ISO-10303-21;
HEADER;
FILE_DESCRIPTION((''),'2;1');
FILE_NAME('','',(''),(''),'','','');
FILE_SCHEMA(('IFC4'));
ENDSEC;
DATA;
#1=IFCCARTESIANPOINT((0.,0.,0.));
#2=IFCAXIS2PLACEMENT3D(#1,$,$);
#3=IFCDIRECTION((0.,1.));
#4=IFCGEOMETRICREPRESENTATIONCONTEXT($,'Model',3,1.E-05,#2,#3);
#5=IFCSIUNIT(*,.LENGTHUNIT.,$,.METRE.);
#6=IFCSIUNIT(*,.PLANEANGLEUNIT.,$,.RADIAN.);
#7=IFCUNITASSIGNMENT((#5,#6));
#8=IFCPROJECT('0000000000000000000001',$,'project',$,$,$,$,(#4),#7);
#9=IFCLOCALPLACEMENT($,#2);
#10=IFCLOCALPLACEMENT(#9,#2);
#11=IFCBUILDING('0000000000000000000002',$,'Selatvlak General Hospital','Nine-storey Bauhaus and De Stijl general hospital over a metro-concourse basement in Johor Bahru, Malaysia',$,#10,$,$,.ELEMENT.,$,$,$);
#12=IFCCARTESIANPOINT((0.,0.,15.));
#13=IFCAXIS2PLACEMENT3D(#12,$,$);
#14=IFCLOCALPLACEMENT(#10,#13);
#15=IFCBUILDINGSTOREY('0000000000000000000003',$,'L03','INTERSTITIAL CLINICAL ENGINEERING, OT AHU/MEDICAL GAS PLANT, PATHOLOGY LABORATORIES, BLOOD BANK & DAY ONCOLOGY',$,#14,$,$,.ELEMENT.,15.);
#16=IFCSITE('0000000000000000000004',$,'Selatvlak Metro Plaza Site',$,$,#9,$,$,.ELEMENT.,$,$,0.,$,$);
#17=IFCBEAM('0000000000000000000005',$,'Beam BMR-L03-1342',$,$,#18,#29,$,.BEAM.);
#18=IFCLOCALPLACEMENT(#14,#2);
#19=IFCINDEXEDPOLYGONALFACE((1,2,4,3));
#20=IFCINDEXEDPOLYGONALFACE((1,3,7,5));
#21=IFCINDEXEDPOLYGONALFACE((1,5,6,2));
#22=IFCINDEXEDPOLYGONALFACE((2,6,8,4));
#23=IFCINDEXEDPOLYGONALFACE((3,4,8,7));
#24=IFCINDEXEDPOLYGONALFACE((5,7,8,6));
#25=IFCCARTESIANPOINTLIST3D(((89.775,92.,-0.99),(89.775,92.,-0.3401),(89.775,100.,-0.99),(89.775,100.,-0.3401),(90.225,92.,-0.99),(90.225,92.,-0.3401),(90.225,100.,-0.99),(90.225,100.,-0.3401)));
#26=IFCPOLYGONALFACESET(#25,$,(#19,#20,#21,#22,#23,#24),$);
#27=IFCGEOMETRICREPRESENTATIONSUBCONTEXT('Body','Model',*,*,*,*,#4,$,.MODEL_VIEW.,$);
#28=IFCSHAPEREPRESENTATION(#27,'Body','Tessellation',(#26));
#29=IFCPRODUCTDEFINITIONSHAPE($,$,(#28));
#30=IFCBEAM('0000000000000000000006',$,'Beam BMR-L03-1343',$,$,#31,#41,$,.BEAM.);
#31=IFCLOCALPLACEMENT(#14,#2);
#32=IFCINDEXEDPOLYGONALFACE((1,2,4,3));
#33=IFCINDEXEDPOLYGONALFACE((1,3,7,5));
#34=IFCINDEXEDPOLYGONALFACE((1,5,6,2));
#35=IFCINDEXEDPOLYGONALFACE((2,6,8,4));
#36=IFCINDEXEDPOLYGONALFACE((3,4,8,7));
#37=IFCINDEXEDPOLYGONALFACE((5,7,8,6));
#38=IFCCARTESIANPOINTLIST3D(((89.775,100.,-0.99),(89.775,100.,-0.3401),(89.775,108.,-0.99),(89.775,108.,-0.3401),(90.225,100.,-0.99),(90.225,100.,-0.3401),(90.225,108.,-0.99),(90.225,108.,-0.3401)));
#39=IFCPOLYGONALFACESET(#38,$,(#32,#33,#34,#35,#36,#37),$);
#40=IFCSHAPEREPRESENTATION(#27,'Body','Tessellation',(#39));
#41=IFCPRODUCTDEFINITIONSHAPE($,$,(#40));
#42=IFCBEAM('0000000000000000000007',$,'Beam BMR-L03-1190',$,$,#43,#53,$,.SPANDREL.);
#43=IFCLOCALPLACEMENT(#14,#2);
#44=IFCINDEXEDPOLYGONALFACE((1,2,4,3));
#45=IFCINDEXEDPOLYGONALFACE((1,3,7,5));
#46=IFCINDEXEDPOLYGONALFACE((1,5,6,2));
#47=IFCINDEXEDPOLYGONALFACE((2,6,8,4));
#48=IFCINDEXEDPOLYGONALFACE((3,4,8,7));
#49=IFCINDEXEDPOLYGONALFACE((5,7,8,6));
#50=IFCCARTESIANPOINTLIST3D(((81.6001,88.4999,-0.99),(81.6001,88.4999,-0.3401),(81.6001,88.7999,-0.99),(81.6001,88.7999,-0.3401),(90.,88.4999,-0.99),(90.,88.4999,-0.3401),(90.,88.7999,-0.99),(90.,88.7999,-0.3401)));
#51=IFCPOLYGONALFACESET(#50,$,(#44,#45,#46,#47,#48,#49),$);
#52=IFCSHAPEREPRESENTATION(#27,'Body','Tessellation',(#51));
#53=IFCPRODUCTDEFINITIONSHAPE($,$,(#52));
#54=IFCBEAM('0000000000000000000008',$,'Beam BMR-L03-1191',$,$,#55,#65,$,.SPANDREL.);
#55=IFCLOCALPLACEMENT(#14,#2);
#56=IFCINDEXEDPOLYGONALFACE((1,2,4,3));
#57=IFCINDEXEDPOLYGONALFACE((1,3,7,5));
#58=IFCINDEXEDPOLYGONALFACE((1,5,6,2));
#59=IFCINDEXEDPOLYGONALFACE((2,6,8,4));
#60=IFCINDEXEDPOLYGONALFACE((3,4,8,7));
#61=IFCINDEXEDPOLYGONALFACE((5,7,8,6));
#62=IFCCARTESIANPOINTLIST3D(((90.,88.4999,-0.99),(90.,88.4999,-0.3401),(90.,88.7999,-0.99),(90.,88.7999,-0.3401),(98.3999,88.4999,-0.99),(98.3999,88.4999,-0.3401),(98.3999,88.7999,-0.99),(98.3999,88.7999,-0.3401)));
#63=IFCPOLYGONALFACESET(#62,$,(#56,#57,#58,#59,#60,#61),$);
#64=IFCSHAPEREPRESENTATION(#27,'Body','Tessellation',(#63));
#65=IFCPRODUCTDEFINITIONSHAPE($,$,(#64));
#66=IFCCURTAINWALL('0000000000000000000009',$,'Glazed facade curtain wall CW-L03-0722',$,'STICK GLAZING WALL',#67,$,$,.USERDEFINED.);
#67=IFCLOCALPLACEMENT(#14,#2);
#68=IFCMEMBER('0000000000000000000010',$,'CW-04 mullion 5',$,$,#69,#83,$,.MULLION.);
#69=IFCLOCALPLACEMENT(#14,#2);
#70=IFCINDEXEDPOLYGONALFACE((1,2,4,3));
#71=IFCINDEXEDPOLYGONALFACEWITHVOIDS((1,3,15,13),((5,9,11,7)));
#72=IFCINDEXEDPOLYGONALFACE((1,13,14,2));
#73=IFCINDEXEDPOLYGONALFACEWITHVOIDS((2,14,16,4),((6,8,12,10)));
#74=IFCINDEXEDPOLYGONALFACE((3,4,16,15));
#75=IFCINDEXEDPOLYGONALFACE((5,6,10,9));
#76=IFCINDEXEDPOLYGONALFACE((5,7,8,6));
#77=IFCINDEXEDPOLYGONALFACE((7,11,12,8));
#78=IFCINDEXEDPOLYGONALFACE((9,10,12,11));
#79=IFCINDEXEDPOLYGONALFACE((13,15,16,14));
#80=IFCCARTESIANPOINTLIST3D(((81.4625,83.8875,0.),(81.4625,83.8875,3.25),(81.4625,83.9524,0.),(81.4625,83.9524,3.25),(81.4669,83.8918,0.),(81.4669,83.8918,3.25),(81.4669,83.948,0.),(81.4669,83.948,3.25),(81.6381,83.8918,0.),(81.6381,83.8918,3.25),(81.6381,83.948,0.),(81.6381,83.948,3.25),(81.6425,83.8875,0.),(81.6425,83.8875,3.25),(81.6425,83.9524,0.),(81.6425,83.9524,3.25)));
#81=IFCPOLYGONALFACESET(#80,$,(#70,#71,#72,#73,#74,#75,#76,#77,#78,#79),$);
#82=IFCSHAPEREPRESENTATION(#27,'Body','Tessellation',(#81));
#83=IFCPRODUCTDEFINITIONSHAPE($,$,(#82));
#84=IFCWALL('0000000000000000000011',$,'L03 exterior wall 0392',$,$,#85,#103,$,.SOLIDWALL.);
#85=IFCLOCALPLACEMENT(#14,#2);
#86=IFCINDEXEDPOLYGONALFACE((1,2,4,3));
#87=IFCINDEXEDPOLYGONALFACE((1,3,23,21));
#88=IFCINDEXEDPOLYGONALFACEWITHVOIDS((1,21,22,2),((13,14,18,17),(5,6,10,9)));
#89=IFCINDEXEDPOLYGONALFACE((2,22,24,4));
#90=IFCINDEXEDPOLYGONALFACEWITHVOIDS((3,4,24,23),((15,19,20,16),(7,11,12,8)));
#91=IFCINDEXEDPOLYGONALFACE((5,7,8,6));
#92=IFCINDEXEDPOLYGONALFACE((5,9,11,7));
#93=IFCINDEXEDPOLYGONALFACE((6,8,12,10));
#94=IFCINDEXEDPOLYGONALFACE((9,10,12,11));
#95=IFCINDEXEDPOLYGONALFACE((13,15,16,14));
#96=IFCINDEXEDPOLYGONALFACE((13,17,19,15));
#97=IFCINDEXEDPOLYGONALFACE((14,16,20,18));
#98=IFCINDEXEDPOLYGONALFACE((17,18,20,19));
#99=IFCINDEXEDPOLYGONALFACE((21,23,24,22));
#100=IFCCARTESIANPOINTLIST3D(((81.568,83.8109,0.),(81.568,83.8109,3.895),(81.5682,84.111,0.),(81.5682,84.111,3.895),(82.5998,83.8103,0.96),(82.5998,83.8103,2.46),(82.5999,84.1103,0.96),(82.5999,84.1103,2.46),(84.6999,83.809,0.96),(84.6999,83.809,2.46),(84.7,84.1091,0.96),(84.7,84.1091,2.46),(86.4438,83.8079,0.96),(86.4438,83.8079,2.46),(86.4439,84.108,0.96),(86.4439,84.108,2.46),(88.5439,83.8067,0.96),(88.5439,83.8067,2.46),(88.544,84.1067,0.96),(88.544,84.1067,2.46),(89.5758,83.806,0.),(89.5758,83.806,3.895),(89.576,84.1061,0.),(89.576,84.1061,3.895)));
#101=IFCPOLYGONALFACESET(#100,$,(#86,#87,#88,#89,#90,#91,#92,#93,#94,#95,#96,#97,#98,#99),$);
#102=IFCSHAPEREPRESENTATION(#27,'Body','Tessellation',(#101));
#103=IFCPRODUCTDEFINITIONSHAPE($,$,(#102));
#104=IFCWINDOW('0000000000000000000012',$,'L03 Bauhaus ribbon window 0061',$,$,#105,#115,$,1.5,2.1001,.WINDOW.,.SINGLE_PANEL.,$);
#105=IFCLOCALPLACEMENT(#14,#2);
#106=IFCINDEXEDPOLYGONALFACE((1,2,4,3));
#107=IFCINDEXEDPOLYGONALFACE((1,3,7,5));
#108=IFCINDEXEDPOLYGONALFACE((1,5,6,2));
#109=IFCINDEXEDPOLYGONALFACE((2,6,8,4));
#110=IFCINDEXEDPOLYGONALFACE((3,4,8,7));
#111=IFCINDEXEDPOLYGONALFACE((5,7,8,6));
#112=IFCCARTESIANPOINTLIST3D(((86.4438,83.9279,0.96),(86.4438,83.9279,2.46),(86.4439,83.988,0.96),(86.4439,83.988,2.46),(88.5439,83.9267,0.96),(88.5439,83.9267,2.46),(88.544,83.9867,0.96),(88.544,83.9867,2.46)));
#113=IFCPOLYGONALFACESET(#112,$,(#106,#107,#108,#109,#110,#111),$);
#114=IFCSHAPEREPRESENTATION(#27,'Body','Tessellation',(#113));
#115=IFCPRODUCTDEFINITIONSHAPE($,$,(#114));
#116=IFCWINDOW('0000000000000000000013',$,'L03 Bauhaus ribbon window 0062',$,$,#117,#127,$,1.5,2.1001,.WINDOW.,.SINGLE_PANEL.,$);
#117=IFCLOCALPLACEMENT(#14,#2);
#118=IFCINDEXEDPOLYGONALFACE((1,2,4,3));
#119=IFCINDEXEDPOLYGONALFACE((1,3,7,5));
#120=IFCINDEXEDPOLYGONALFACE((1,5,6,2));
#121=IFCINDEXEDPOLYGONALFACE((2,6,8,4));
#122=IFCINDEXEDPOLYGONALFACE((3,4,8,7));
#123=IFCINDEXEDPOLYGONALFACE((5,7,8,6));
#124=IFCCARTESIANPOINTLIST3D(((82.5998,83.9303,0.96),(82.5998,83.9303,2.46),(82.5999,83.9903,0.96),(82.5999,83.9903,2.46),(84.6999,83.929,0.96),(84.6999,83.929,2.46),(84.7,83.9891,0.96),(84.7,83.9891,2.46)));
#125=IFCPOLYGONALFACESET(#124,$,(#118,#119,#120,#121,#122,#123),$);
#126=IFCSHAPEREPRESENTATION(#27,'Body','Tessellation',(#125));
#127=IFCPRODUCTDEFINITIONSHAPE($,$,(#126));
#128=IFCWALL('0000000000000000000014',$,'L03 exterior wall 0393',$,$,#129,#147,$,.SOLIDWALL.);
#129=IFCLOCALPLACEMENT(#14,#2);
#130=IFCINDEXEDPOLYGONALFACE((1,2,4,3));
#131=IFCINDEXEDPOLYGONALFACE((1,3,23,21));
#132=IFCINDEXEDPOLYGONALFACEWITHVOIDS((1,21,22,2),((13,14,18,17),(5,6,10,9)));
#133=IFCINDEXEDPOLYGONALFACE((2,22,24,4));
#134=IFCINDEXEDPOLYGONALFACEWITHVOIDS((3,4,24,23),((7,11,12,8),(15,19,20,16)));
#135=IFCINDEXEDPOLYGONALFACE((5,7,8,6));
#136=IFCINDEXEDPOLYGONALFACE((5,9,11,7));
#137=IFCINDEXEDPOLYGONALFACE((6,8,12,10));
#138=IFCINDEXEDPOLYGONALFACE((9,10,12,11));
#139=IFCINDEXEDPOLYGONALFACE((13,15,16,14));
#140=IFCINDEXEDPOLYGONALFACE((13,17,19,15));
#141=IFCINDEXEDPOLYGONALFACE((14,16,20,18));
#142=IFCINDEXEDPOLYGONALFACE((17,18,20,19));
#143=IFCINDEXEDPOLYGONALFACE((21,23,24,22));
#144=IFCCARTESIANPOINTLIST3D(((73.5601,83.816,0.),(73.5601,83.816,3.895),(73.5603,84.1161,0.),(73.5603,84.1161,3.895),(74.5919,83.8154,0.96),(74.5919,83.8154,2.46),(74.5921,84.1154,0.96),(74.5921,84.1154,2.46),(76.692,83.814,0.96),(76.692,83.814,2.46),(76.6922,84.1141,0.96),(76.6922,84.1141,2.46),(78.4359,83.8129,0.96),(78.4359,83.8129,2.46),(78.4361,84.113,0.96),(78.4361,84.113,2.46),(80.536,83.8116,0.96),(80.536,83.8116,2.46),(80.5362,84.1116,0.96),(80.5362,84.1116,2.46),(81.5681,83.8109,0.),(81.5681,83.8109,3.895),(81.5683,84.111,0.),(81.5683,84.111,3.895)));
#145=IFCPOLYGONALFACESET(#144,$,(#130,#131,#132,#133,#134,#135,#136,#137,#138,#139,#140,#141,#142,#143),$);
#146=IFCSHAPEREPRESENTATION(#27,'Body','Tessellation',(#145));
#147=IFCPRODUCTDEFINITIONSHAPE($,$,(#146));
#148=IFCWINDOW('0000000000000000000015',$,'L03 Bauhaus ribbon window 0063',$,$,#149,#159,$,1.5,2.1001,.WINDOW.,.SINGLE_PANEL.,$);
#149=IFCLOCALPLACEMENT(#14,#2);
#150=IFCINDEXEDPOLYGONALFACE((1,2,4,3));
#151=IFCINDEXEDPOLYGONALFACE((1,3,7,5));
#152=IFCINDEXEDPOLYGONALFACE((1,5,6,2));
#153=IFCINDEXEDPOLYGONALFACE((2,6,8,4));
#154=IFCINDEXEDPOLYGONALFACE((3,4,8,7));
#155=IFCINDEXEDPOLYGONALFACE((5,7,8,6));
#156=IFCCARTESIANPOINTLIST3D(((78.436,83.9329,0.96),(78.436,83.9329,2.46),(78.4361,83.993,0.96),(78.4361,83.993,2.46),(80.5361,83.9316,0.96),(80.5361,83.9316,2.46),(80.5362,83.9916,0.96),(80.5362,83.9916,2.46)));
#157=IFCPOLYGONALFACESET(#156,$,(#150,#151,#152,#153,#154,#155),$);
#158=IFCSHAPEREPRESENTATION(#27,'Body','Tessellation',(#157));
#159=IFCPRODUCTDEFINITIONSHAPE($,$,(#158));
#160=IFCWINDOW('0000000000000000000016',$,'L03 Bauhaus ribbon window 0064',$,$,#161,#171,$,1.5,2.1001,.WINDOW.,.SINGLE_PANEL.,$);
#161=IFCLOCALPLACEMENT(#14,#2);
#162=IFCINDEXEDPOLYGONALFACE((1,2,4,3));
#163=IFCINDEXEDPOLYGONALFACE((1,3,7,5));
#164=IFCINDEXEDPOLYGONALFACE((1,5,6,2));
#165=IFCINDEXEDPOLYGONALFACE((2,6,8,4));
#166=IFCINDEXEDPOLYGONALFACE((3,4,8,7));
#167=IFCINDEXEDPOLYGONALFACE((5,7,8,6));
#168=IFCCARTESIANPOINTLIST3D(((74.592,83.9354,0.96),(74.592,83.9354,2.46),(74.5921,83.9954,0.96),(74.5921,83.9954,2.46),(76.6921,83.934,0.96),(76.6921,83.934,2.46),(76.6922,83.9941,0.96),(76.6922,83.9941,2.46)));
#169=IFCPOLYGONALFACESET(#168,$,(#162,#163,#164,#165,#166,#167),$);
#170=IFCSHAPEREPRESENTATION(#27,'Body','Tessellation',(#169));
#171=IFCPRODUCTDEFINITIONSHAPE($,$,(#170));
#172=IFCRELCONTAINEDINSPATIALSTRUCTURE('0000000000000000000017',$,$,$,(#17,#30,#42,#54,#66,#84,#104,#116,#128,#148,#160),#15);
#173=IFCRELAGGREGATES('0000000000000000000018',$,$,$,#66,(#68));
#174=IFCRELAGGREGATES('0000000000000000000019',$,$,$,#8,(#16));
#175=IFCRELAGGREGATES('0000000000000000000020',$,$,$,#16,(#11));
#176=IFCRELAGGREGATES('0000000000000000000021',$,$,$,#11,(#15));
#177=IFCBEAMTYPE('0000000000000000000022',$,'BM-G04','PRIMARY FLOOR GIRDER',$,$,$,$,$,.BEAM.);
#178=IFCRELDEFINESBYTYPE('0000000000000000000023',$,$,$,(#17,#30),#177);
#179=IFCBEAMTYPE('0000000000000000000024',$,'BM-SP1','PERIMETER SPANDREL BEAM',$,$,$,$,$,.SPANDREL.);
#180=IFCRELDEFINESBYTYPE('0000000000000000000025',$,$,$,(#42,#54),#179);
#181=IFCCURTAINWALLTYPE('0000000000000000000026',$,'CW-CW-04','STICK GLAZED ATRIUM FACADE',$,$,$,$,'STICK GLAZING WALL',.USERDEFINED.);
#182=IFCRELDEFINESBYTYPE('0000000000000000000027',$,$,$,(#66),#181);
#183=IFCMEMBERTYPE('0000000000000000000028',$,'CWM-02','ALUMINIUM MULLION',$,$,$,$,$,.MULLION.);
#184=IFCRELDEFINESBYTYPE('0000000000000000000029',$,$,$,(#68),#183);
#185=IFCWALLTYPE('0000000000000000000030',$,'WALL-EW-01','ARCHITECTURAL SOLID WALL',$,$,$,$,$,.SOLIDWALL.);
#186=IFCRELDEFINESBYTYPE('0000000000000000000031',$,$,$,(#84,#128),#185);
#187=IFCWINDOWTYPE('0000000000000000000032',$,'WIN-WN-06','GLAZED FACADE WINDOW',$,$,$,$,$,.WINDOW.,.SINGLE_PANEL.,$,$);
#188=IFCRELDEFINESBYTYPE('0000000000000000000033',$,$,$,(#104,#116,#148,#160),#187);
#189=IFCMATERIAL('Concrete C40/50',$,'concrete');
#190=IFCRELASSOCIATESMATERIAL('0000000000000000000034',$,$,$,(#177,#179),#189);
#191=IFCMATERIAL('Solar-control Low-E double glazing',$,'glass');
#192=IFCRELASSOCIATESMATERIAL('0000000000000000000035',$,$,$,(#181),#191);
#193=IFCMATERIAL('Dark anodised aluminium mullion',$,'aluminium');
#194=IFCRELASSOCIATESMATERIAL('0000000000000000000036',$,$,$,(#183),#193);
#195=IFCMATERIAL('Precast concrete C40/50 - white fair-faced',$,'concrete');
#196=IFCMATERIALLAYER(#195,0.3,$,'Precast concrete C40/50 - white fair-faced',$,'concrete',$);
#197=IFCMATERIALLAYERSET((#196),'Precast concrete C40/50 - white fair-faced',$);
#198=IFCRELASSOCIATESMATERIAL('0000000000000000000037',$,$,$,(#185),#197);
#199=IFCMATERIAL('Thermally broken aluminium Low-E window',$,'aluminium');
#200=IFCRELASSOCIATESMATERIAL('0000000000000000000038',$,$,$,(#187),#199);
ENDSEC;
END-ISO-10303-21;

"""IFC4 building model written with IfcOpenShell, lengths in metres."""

from ifc_helpers import new_model, si_unit, direction, frame, frame_2d, origin, origin_2d, place, context, subcontext, project, spatial, rectangle, hollow_rectangle, extrude, material, layer, layer_set, material_profile, profile_set, type_object, element, fill, aggregate, save


model = new_model("IFC4")

# Units and contexts
model_context = context("Model", 3, precision=1e-05, world=origin(), true_north=direction((0.0, 1.0)))
body_context = subcontext(model_context, "Body", "Model", "MODEL_VIEW")
ifc_project = project(units=[si_unit("LENGTHUNIT", "METRE"), si_unit("PLANEANGLEUNIT", "RADIAN")], contexts=[model_context])

# Site, building, storey
site_placement = place(None, origin())
site = spatial("IfcSite", under=ifc_project, at=site_placement, Name="Selatvlak Metro Plaza Site", CompositionType="ELEMENT", RefElevation=0.0)
building_placement = place(site_placement, origin())
building = spatial("IfcBuilding", under=site, at=building_placement, Name="Selatvlak General Hospital", Description="Nine-storey Bauhaus and De Stijl general hospital over a metro-concourse basement in Johor Bahru, Malaysia", CompositionType="ELEMENT")
storey_placement = place(building_placement, frame((0.0, 0.0, 15.0)))
storey = spatial("IfcBuildingStorey", under=building, at=storey_placement, Name="L03", Description="INTERSTITIAL CLINICAL ENGINEERING, OT AHU/MEDICAL GAS PLANT, PATHOLOGY LABORATORIES, BLOOD BANK & DAY ONCOLOGY", CompositionType="ELEMENT", Elevation=15.0)

# Beams
ifc_material_1 = material(Name="Concrete C40/50", Category="concrete")
ifc_material_profile_1 = material_profile(ifc_material_1, rectangle(XDim=0.45, YDim=0.6499, at=origin_2d()), Name="RC-BM 450x650")
ifc_profile_set_1 = profile_set([ifc_material_profile_1], Name="Concrete C40/50")
beam_type_1 = type_object("IfcBeamType", Name="BM-G04", Description="PRIMARY FLOOR GIRDER", PredefinedType="BEAM", material=ifc_profile_set_1)
for number, where, z_axis, x_axis, name in (
    (1, (90.0, 92.0, -0.665), (0.0, 1.0, 0.0), (-1.0, 0.0, 0.0), "Beam BMR-L03-1342"),
    (2, (90.0, 100.0, -0.665), (0.0, 1.0, 0.0), (-1.0, 0.0, 0.0), "Beam BMR-L03-1343"),
):
    element("IfcBeam", number, at=place(storey_placement, frame(where, z_axis=z_axis, x_axis=x_axis)), inside=storey, type_object=beam_type_1, Name=name, PredefinedType="BEAM", context=body_context, shape_type="SweptSolid", body=[
        extrude(rectangle(XDim=0.45, YDim=0.6499, at=origin_2d()), origin(), (0.0, 0.0, 1.0), 8.0),
    ])
ifc_material_profile_2 = material_profile(ifc_material_1, rectangle(XDim=0.3, YDim=0.6499, at=origin_2d()), Name="RC-SP 300x650")
ifc_profile_set_2 = profile_set([ifc_material_profile_2], Name="Concrete C40/50")
beam_type_2 = type_object("IfcBeamType", Name="BM-SP1", Description="PERIMETER SPANDREL BEAM", PredefinedType="SPANDREL", material=ifc_profile_set_2)
for number, where, z_axis, x_axis, name in (
    (3, (81.6001, 88.6499, -0.665), (1.0, 0.0, 0.0), (0.0, 1.0, 0.0), "Beam BMR-L03-1190"),
    (4, (90.0, 88.6499, -0.665), (1.0, 0.0, 0.0), (0.0, 1.0, 0.0), "Beam BMR-L03-1191"),
):
    element("IfcBeam", number, at=place(storey_placement, frame(where, z_axis=z_axis, x_axis=x_axis)), inside=storey, type_object=beam_type_2, Name=name, PredefinedType="SPANDREL", context=body_context, shape_type="SweptSolid", body=[
        extrude(rectangle(XDim=0.3, YDim=0.6499, at=origin_2d()), origin(), (0.0, 0.0, 1.0), 8.3999),
    ])

# Curtain wall, member
ifc_material_2 = material(Name="Solar-control Low-E double glazing", Category="glass")
curtain_wall_type = type_object("IfcCurtainWallType", Name="CW-CW-04", Description="STICK GLAZED ATRIUM FACADE", ElementType="STICK GLAZING WALL", PredefinedType="USERDEFINED", material=ifc_material_2)
curtain_wall_placement = place(storey_placement, origin())
curtain_wall = element("IfcCurtainWall", 5, at=curtain_wall_placement, inside=storey, type_object=curtain_wall_type, Name="Glazed facade curtain wall CW-L03-0722", ObjectType="STICK GLAZING WALL", PredefinedType="USERDEFINED")
ifc_material_3 = material(Name="Dark anodised aluminium mullion", Category="aluminium")
ifc_material_profile_3 = material_profile(ifc_material_3, hollow_rectangle(XDim=0.0649, YDim=0.1799, WallThickness=0.0044, at=origin_2d()), Name="AL-MUL 65x180x4.5")
ifc_profile_set_3 = profile_set([ifc_material_profile_3], Name="Dark anodised aluminium mullion")
member_type = type_object("IfcMemberType", Name="CWM-02", Description="ALUMINIUM MULLION", PredefinedType="MULLION", material=ifc_profile_set_3)
member_placement = place(storey_placement, frame((81.5525, 83.9199, 0.0), z_axis=(0.0, 0.0, 1.0), x_axis=(0.0, 1.0, 0.0)))
member = element("IfcMember", 6, at=member_placement, type_object=member_type, Name="CW-04 mullion 5", PredefinedType="MULLION", context=body_context, shape_type="SweptSolid", body=[
    extrude(hollow_rectangle(XDim=0.0649, YDim=0.1799, WallThickness=0.0044, at=origin_2d()), origin(), (0.0, 0.0, 1.0), 3.25),
])
aggregate(curtain_wall, [member])

# Walls, openings, windows
ifc_material_4 = material(Name="Precast concrete C40/50 - white fair-faced", Category="concrete")
ifc_layer_1 = layer(ifc_material_4, 0.3, Name="Precast concrete C40/50 - white fair-faced", Category="concrete")
ifc_layer_set_1 = layer_set([ifc_layer_1], Name="Precast concrete C40/50 - white fair-faced")
wall_type = type_object("IfcWallType", Name="WALL-EW-01", Description="ARCHITECTURAL SOLID WALL", PredefinedType="SOLIDWALL", material=ifc_layer_set_1)
wall_1_placement = place(storey_placement, frame((89.5759, 83.9561, 0.0), z_axis=(0.0, 0.0, 1.0), x_axis=(-1.0, 0.00061, 0.0)))
wall_1 = element("IfcWall", 7, at=wall_1_placement, inside=storey, type_object=wall_type, Name="L03 exterior wall 0392", PredefinedType="SOLIDWALL", context=body_context, shape_type="SweptSolid", body=[
    extrude(rectangle(XDim=8.0078, YDim=0.3, at=frame_2d((4.0039, 0.0))), origin(), (0.0, 0.0, 1.0), 3.895),
])
opening_1_placement = place(wall_1_placement, frame((1.032, 0.0, 0.96)))
opening_1 = element("IfcOpeningElement", 8, at=opening_1_placement, cuts=wall_1, PredefinedType="OPENING", context=body_context, shape_type="SweptSolid", body=[
    extrude(rectangle(XDim=2.1001, YDim=1.5, at=frame_2d((1.05, 0.75))), frame((0.0, 0.1599, 0.0), z_axis=(0.0, -1.0, 0.0), x_axis=(1.0, 0.0, 0.0)), (0.0, 0.0, 1.0), 0.3201),
])
opening_2_placement = place(wall_1_placement, frame((4.876, 0.0, 0.96)))
opening_2 = element("IfcOpeningElement", 9, at=opening_2_placement, cuts=wall_1, PredefinedType="OPENING", context=body_context, shape_type="SweptSolid", body=[
    extrude(rectangle(XDim=2.1001, YDim=1.5, at=frame_2d((1.05, 0.75))), frame((0.0, 0.1599, 0.0), z_axis=(0.0, -1.0, 0.0), x_axis=(1.0, 0.0, 0.0)), (0.0, 0.0, 1.0), 0.3201),
])
ifc_material_5 = material(Name="Thermally broken aluminium Low-E window", Category="aluminium")
window_type = type_object("IfcWindowType", Name="WIN-WN-06", Description="GLAZED FACADE WINDOW", PartitioningType="SINGLE_PANEL", PredefinedType="WINDOW", material=ifc_material_5)
window_1_placement = place(opening_1_placement, origin())
window_1 = element("IfcWindow", 10, at=window_1_placement, inside=storey, type_object=window_type, Name="L03 Bauhaus ribbon window 0061", OverallHeight=1.5, OverallWidth=2.1001, PartitioningType="SINGLE_PANEL", PredefinedType="WINDOW", context=body_context, shape_type="SweptSolid", body=[
    extrude(rectangle(XDim=2.1001, YDim=1.5, at=frame_2d((1.05, 0.75))), frame((0.0, 0.03, 0.0), z_axis=(0.0, -1.0, 0.0), x_axis=(1.0, 0.0, 0.0)), (0.0, 0.0, 1.0), 0.0601),
])
fill(opening_1, window_1)
window_2_placement = place(opening_2_placement, origin())
window_2 = element("IfcWindow", 11, at=window_2_placement, inside=storey, type_object=window_type, Name="L03 Bauhaus ribbon window 0062", OverallHeight=1.5, OverallWidth=2.1001, PartitioningType="SINGLE_PANEL", PredefinedType="WINDOW", context=body_context, shape_type="SweptSolid", body=[
    extrude(rectangle(XDim=2.1001, YDim=1.5, at=frame_2d((1.05, 0.75))), frame((0.0, 0.03, 0.0), z_axis=(0.0, -1.0, 0.0), x_axis=(1.0, 0.0, 0.0)), (0.0, 0.0, 1.0), 0.0601),
])
fill(opening_2, window_2)
wall_2_placement = place(storey_placement, frame((81.5681, 83.9609, 0.0), z_axis=(0.0, 0.0, 1.0), x_axis=(-1.0, 0.00064, 0.0)))
wall_2 = element("IfcWall", 12, at=wall_2_placement, inside=storey, type_object=wall_type, Name="L03 exterior wall 0393", PredefinedType="SOLIDWALL", context=body_context, shape_type="SweptSolid", body=[
    extrude(rectangle(XDim=8.0081, YDim=0.3, at=frame_2d((4.0039, 0.0))), origin(), (0.0, 0.0, 1.0), 3.895),
])
opening_3_placement = place(wall_2_placement, frame((1.032, 0.0, 0.96)))
opening_3 = element("IfcOpeningElement", 13, at=opening_3_placement, cuts=wall_2, PredefinedType="OPENING", context=body_context, shape_type="SweptSolid", body=[
    extrude(rectangle(XDim=2.1001, YDim=1.5, at=frame_2d((1.05, 0.75))), frame((0.0, 0.1599, 0.0), z_axis=(0.0, -1.0, 0.0), x_axis=(1.0, 0.0, 0.0)), (0.0, 0.0, 1.0), 0.3201),
])
opening_4_placement = place(wall_2_placement, frame((4.876, 0.0, 0.96)))
opening_4 = element("IfcOpeningElement", 14, at=opening_4_placement, cuts=wall_2, PredefinedType="OPENING", context=body_context, shape_type="SweptSolid", body=[
    extrude(rectangle(XDim=2.1001, YDim=1.5, at=frame_2d((1.05, 0.75))), frame((0.0, 0.1599, 0.0), z_axis=(0.0, -1.0, 0.0), x_axis=(1.0, 0.0, 0.0)), (0.0, 0.0, 1.0), 0.3201),
])
window_3_placement = place(opening_3_placement, origin())
window_3 = element("IfcWindow", 15, at=window_3_placement, inside=storey, type_object=window_type, Name="L03 Bauhaus ribbon window 0063", OverallHeight=1.5, OverallWidth=2.1001, PartitioningType="SINGLE_PANEL", PredefinedType="WINDOW", context=body_context, shape_type="SweptSolid", body=[
    extrude(rectangle(XDim=2.1001, YDim=1.5, at=frame_2d((1.05, 0.75))), frame((0.0, 0.03, 0.0), z_axis=(0.0, -1.0, 0.0), x_axis=(1.0, 0.0, 0.0)), (0.0, 0.0, 1.0), 0.0601),
])
fill(opening_3, window_3)
window_4_placement = place(opening_4_placement, origin())
window_4 = element("IfcWindow", 16, at=window_4_placement, inside=storey, type_object=window_type, Name="L03 Bauhaus ribbon window 0064", OverallHeight=1.5, OverallWidth=2.1001, PartitioningType="SINGLE_PANEL", PredefinedType="WINDOW", context=body_context, shape_type="SweptSolid", body=[
    extrude(rectangle(XDim=2.1001, YDim=1.5, at=frame_2d((1.05, 0.75))), frame((0.0, 0.03, 0.0), z_axis=(0.0, -1.0, 0.0), x_axis=(1.0, 0.0, 0.0)), (0.0, 0.0, 1.0), 0.0601),
])
fill(opening_4, window_4)

save(model, "model.ifc")
